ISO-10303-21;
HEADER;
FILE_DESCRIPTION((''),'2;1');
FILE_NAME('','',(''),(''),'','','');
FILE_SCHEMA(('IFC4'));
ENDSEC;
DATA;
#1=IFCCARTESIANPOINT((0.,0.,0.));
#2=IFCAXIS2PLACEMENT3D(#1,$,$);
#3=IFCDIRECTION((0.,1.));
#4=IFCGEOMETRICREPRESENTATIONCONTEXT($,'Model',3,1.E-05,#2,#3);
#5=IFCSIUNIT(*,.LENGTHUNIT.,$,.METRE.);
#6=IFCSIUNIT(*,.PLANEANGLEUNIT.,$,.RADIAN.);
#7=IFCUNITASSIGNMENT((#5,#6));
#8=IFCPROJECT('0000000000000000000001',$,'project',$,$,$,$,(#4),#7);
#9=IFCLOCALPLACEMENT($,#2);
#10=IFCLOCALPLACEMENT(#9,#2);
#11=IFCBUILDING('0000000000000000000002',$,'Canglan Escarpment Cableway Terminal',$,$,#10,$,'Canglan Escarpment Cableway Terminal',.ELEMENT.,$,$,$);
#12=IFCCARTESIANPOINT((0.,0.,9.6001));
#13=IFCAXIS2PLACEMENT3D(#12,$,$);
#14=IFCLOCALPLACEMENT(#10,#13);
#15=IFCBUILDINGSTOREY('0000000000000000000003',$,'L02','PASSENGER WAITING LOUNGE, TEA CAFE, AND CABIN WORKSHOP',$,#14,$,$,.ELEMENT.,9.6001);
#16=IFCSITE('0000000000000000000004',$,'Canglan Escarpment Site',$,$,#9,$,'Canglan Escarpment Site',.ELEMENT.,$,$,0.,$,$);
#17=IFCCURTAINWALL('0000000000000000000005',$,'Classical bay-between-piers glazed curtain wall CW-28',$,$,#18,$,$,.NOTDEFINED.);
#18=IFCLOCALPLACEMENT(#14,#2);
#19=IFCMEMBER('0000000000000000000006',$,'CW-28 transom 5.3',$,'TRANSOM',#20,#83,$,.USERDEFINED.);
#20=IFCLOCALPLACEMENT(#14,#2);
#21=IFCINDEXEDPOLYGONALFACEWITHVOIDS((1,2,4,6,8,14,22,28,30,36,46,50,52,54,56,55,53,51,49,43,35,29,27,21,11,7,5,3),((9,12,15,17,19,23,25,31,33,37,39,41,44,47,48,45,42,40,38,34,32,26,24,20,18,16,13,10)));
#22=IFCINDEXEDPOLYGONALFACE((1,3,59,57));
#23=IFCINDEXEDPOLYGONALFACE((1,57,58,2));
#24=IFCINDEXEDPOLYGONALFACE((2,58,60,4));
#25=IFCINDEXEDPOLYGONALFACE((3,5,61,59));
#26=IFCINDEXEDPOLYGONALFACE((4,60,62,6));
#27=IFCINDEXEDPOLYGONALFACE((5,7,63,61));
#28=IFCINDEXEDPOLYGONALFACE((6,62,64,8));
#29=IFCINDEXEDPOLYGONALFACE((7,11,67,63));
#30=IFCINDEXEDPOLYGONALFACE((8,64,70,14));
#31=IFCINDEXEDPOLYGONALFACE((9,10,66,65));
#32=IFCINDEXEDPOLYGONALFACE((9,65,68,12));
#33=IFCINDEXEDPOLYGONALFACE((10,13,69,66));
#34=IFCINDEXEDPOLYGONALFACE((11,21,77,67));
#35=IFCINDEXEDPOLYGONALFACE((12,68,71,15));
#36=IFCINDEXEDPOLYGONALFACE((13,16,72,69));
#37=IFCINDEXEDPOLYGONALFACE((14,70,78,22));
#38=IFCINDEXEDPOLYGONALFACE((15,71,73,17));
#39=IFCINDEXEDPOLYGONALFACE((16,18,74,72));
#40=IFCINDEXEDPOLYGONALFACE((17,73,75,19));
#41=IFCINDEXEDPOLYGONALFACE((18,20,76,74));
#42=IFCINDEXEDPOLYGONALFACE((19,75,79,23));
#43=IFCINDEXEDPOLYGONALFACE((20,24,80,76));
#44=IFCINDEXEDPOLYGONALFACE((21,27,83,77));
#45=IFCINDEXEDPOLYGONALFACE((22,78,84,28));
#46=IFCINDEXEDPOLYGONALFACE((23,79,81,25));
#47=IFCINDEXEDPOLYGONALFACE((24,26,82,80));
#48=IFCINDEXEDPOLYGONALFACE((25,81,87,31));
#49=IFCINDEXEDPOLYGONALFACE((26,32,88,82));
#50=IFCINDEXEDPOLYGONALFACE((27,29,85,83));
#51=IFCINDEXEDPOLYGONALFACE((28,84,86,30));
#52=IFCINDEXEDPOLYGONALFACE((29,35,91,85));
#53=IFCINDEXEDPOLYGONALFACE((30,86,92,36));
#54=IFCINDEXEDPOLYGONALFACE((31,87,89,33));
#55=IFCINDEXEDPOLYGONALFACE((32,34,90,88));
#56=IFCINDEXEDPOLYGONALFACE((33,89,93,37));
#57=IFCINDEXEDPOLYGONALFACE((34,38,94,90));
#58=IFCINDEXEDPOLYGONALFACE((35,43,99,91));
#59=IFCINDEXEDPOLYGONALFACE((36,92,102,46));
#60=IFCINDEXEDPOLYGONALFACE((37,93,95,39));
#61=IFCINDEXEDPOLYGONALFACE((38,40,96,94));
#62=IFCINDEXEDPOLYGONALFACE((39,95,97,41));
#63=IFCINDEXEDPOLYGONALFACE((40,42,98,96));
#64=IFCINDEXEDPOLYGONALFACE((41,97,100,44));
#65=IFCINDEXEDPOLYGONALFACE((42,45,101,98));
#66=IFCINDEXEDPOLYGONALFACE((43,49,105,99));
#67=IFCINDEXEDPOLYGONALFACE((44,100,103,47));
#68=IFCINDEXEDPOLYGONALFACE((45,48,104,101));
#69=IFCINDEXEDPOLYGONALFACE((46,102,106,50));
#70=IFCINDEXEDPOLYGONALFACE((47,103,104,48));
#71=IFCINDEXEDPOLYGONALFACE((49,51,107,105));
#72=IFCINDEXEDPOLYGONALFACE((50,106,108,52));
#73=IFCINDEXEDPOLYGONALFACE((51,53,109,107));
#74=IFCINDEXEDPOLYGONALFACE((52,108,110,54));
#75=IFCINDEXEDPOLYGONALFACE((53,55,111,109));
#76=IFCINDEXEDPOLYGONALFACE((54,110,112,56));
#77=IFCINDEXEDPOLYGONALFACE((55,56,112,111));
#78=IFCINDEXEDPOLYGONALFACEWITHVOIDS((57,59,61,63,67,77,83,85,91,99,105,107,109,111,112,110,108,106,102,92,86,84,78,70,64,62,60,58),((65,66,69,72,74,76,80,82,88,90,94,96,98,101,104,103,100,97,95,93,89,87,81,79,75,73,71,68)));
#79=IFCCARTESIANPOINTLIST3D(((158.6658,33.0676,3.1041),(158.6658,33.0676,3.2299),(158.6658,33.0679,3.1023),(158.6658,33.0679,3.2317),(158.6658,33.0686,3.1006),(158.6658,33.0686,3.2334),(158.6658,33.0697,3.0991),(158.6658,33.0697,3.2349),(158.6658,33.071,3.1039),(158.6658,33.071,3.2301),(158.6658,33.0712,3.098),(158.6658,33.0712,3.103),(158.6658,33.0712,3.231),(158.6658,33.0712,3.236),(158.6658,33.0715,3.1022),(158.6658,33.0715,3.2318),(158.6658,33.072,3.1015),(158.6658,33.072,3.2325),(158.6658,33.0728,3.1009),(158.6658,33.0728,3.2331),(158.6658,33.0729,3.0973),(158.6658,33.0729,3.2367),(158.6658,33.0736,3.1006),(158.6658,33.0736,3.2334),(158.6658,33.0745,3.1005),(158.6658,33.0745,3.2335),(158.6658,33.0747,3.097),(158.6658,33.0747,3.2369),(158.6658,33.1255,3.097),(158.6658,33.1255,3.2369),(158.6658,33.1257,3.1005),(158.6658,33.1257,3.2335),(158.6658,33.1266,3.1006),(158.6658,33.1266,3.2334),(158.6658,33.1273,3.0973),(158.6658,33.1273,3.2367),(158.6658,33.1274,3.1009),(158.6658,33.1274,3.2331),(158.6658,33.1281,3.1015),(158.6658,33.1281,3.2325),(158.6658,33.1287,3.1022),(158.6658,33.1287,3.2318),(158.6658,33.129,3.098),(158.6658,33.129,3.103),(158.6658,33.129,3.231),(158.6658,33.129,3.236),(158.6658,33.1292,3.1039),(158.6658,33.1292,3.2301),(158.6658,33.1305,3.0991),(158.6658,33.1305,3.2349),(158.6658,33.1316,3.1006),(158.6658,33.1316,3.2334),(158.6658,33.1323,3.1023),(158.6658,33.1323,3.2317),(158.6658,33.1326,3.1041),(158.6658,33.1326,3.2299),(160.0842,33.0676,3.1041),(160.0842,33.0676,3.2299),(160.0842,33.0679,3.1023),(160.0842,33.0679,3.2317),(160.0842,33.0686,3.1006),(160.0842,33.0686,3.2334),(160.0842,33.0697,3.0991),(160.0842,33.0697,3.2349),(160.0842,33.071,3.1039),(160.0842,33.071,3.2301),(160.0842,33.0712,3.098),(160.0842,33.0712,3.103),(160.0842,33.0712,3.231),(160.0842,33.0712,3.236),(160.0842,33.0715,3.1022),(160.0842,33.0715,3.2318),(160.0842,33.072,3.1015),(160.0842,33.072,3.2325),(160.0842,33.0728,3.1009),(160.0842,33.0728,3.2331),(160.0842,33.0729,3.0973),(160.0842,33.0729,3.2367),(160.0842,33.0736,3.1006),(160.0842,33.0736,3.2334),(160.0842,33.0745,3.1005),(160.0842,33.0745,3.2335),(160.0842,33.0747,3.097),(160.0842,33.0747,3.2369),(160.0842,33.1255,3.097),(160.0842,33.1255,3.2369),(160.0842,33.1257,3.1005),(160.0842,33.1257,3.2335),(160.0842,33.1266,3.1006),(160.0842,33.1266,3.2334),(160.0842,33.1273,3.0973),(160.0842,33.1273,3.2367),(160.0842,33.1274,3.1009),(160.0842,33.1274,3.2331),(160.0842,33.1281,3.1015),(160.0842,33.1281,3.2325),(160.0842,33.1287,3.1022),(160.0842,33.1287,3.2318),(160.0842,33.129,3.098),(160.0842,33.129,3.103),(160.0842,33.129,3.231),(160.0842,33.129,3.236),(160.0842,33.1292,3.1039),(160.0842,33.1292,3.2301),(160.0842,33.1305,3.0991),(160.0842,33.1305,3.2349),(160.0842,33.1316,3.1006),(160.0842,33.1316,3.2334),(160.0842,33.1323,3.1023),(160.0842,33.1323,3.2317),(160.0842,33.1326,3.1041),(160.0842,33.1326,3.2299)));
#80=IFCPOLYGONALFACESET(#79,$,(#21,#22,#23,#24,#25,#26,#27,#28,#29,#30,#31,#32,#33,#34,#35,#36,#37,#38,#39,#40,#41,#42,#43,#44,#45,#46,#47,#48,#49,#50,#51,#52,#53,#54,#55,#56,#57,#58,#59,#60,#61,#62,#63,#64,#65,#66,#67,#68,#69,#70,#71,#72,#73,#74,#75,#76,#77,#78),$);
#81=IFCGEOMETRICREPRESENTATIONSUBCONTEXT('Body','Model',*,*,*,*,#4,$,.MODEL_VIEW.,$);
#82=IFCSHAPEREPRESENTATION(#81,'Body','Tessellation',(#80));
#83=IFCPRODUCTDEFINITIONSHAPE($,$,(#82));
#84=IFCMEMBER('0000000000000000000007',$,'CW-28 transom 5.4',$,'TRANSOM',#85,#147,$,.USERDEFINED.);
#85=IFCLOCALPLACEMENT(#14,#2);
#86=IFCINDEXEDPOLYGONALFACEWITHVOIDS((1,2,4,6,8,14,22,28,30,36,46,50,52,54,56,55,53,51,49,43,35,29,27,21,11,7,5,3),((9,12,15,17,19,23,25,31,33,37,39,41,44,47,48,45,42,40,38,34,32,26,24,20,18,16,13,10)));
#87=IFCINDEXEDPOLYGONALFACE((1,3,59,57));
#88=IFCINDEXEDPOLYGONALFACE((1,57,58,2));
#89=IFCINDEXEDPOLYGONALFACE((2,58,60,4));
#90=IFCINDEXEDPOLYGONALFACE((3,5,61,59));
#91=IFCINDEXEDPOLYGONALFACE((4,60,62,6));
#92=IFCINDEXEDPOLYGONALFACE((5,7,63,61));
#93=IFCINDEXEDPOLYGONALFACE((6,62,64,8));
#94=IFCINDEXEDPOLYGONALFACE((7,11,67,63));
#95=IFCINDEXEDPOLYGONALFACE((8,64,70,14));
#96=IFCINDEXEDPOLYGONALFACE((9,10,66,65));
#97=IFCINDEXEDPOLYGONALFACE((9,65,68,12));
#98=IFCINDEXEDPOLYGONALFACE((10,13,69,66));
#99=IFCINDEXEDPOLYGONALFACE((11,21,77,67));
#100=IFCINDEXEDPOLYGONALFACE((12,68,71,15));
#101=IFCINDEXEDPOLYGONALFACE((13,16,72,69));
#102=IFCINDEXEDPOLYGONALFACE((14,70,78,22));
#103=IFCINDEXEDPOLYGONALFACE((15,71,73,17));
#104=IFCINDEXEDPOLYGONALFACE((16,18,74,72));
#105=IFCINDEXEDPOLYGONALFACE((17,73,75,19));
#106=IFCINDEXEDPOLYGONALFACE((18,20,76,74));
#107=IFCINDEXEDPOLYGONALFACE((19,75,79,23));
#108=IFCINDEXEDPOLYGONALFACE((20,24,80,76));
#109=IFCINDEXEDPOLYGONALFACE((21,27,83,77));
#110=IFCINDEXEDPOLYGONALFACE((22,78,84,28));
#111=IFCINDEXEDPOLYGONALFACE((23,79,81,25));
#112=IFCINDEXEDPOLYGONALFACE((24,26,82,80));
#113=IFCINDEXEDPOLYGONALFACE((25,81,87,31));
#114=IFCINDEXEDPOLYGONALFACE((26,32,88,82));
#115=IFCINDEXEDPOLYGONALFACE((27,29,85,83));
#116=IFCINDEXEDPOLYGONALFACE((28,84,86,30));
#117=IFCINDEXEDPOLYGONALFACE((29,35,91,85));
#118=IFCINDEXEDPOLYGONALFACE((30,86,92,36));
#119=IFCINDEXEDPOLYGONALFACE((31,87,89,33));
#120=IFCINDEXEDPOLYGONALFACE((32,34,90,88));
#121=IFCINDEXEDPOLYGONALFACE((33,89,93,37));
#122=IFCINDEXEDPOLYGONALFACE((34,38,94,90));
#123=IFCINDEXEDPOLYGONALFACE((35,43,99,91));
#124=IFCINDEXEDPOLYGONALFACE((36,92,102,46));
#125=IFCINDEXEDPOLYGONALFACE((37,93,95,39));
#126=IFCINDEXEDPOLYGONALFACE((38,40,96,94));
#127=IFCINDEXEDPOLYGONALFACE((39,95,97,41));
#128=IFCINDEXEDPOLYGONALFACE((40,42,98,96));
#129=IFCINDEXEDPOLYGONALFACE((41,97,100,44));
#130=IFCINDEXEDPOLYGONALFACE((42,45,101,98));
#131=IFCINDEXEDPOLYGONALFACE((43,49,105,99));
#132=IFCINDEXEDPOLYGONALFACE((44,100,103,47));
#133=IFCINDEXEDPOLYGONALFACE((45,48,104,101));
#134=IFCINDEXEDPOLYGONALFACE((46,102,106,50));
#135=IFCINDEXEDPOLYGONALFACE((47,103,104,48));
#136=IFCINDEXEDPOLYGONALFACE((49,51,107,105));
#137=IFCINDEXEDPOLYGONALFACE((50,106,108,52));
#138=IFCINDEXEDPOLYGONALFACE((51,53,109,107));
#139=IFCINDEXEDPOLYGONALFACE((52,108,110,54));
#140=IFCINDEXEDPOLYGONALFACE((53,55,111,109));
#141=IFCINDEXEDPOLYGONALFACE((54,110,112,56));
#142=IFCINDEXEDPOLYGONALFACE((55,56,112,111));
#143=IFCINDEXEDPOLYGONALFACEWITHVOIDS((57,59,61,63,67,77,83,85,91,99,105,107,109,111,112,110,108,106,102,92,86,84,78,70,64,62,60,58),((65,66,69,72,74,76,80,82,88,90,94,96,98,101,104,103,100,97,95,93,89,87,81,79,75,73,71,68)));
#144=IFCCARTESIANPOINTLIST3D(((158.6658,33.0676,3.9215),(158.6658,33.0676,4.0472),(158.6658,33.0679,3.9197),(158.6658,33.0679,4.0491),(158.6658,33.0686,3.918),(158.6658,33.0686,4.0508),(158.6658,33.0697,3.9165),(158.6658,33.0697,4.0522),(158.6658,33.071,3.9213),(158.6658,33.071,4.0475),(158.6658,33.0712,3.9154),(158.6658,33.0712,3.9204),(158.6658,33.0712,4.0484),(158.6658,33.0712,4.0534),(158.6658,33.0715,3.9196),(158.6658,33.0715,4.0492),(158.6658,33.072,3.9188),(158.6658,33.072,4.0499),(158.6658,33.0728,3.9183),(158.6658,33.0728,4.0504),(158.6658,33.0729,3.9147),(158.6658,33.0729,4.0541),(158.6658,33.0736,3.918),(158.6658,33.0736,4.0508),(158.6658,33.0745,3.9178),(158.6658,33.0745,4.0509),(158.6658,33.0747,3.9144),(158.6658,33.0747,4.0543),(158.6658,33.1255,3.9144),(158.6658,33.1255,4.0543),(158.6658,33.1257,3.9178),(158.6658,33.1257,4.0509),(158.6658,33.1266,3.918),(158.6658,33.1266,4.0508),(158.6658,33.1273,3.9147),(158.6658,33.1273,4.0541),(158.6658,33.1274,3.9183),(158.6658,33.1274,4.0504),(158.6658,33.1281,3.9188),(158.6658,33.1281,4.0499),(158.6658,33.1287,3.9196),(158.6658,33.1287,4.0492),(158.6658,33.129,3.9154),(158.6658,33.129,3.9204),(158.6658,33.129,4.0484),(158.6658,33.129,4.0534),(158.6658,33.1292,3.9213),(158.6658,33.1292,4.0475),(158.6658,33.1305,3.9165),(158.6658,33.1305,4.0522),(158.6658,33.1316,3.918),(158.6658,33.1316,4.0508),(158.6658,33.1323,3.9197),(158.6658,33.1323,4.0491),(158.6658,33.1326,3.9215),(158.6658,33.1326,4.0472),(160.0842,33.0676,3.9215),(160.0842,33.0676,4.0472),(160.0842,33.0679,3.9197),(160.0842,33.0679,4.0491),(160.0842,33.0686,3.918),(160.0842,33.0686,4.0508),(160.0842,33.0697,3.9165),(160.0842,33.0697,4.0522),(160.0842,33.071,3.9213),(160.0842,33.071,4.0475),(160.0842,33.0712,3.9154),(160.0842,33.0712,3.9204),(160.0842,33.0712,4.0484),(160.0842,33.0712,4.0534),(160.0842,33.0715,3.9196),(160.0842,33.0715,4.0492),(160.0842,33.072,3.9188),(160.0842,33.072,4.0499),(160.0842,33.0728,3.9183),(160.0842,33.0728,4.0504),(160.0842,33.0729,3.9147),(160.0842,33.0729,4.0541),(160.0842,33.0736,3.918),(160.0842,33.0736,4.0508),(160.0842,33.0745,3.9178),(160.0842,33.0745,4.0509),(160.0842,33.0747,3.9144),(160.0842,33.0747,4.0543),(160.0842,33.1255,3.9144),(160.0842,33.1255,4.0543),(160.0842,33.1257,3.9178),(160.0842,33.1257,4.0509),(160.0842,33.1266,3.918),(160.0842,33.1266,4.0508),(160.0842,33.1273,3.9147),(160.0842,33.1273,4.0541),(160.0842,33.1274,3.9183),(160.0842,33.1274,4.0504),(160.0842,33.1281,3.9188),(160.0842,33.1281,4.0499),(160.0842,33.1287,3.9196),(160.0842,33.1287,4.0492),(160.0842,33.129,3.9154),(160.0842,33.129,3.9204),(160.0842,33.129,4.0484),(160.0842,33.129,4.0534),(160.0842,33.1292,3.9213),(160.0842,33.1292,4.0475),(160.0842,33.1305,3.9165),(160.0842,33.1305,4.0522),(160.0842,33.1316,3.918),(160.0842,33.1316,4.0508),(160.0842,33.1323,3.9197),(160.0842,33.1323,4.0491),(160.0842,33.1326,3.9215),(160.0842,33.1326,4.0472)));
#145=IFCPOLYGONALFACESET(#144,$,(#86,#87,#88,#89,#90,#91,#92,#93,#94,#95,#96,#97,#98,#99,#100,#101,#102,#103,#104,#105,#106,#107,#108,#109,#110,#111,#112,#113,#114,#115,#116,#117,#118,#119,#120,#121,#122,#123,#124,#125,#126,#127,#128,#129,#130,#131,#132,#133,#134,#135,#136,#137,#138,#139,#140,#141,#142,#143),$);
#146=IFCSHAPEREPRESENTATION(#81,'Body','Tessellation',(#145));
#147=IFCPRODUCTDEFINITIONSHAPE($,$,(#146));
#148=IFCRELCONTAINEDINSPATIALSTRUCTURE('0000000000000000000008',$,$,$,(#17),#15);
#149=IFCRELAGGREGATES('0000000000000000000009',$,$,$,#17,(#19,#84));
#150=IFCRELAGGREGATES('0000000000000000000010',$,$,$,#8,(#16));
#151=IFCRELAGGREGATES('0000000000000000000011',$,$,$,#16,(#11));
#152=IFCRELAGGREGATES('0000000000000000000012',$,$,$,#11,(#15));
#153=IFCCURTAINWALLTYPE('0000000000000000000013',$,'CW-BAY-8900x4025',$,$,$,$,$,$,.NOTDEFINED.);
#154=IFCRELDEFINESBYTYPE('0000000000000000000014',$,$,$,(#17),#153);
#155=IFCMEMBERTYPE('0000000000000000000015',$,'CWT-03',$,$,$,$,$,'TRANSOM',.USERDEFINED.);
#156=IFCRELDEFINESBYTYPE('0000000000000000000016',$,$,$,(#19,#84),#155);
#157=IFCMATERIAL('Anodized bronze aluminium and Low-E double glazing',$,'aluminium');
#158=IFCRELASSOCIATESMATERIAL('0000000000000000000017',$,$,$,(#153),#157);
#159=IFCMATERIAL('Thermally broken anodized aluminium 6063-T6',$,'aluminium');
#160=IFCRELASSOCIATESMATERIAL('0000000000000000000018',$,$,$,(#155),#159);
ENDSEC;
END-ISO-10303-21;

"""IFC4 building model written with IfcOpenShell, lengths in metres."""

from ifc_helpers import new_model, si_unit, direction, frame, origin, origin_2d, place, context, subcontext, project, spatial, hollow_rectangle, extrude, material, material_profile, profile_set, type_object, element, aggregate, save


model = new_model("IFC4")

# Units and contexts
model_context = context("Model", 3, precision=1e-05, world=origin(), true_north=direction((0.0, 1.0)))
body_context = subcontext(model_context, "Body", "Model", "MODEL_VIEW")
ifc_project = project(units=[si_unit("LENGTHUNIT", "METRE"), si_unit("PLANEANGLEUNIT", "RADIAN")], contexts=[model_context])

# Site, building, storey
site_placement = place(None, origin())
site = spatial("IfcSite", under=ifc_project, at=site_placement, Name="Canglan Escarpment Site", LongName="Canglan Escarpment Site", CompositionType="ELEMENT", RefElevation=0.0)
building_placement = place(site_placement, origin())
building = spatial("IfcBuilding", under=site, at=building_placement, Name="Canglan Escarpment Cableway Terminal", LongName="Canglan Escarpment Cableway Terminal", CompositionType="ELEMENT")
storey_placement = place(building_placement, frame((0.0, 0.0, 9.6001)))
storey = spatial("IfcBuildingStorey", under=building, at=storey_placement, Name="L02", Description="PASSENGER WAITING LOUNGE, TEA CAFE, AND CABIN WORKSHOP", CompositionType="ELEMENT", Elevation=9.6001)

# Curtain wall, members
ifc_material_1 = material(Name="Anodized bronze aluminium and Low-E double glazing", Category="aluminium")
curtain_wall_type = type_object("IfcCurtainWallType", Name="CW-BAY-8900x4025", PredefinedType="NOTDEFINED", material=ifc_material_1)
curtain_wall_placement = place(storey_placement, origin())
curtain_wall = element("IfcCurtainWall", 1, at=curtain_wall_placement, inside=storey, type_object=curtain_wall_type, Name="Classical bay-between-piers glazed curtain wall CW-28", PredefinedType="NOTDEFINED")
ifc_material_2 = material(Name="Thermally broken anodized aluminium 6063-T6", Category="aluminium")
ifc_material_profile_1 = material_profile(ifc_material_2, hollow_rectangle(XDim=0.0649, YDim=0.1399, WallThickness=0.0034, InnerFilletRadius=0.0034, OuterFilletRadius=0.0071, at=origin_2d()), Name="ALU-TRAN 65x140x3.5")
ifc_profile_set_1 = profile_set([ifc_material_profile_1], Name="Thermally broken anodized aluminium 6063-T6")
member_type_1 = type_object("IfcMemberType", Name="CWT-03", ElementType="TRANSOM", PredefinedType="USERDEFINED", material=ifc_profile_set_1)
member_1_placement = place(storey_placement, frame((160.0842, 33.1001, 3.167), z_axis=(-1.0, 0.0, 0.0), x_axis=(0.0, -1.0, 0.0)))
member_1 = element("IfcMember", 2, at=member_1_placement, type_object=member_type_1, Name="CW-28 transom 5.3", ObjectType="TRANSOM", PredefinedType="USERDEFINED", context=body_context, shape_type="SweptSolid", body=[
    extrude(hollow_rectangle(XDim=0.0649, YDim=0.1399, WallThickness=0.0034, InnerFilletRadius=0.0034, OuterFilletRadius=0.0071, at=origin_2d()), origin(), (0.0, 0.0, 1.0), 1.4185),
])
member_2_placement = place(storey_placement, frame((160.0842, 33.1001, 3.9844), z_axis=(-1.0, 0.0, 0.0), x_axis=(0.0, -1.0, 0.0)))
member_2 = element("IfcMember", 3, at=member_2_placement, type_object=member_type_1, Name="CW-28 transom 5.4", ObjectType="TRANSOM", PredefinedType="USERDEFINED", context=body_context, shape_type="SweptSolid", body=[
    extrude(hollow_rectangle(XDim=0.0649, YDim=0.1399, WallThickness=0.0034, InnerFilletRadius=0.0034, OuterFilletRadius=0.0071, at=origin_2d()), origin(), (0.0, 0.0, 1.0), 1.4185),
])
aggregate(curtain_wall, [member_1, member_2])

save(model, "model.ifc")
